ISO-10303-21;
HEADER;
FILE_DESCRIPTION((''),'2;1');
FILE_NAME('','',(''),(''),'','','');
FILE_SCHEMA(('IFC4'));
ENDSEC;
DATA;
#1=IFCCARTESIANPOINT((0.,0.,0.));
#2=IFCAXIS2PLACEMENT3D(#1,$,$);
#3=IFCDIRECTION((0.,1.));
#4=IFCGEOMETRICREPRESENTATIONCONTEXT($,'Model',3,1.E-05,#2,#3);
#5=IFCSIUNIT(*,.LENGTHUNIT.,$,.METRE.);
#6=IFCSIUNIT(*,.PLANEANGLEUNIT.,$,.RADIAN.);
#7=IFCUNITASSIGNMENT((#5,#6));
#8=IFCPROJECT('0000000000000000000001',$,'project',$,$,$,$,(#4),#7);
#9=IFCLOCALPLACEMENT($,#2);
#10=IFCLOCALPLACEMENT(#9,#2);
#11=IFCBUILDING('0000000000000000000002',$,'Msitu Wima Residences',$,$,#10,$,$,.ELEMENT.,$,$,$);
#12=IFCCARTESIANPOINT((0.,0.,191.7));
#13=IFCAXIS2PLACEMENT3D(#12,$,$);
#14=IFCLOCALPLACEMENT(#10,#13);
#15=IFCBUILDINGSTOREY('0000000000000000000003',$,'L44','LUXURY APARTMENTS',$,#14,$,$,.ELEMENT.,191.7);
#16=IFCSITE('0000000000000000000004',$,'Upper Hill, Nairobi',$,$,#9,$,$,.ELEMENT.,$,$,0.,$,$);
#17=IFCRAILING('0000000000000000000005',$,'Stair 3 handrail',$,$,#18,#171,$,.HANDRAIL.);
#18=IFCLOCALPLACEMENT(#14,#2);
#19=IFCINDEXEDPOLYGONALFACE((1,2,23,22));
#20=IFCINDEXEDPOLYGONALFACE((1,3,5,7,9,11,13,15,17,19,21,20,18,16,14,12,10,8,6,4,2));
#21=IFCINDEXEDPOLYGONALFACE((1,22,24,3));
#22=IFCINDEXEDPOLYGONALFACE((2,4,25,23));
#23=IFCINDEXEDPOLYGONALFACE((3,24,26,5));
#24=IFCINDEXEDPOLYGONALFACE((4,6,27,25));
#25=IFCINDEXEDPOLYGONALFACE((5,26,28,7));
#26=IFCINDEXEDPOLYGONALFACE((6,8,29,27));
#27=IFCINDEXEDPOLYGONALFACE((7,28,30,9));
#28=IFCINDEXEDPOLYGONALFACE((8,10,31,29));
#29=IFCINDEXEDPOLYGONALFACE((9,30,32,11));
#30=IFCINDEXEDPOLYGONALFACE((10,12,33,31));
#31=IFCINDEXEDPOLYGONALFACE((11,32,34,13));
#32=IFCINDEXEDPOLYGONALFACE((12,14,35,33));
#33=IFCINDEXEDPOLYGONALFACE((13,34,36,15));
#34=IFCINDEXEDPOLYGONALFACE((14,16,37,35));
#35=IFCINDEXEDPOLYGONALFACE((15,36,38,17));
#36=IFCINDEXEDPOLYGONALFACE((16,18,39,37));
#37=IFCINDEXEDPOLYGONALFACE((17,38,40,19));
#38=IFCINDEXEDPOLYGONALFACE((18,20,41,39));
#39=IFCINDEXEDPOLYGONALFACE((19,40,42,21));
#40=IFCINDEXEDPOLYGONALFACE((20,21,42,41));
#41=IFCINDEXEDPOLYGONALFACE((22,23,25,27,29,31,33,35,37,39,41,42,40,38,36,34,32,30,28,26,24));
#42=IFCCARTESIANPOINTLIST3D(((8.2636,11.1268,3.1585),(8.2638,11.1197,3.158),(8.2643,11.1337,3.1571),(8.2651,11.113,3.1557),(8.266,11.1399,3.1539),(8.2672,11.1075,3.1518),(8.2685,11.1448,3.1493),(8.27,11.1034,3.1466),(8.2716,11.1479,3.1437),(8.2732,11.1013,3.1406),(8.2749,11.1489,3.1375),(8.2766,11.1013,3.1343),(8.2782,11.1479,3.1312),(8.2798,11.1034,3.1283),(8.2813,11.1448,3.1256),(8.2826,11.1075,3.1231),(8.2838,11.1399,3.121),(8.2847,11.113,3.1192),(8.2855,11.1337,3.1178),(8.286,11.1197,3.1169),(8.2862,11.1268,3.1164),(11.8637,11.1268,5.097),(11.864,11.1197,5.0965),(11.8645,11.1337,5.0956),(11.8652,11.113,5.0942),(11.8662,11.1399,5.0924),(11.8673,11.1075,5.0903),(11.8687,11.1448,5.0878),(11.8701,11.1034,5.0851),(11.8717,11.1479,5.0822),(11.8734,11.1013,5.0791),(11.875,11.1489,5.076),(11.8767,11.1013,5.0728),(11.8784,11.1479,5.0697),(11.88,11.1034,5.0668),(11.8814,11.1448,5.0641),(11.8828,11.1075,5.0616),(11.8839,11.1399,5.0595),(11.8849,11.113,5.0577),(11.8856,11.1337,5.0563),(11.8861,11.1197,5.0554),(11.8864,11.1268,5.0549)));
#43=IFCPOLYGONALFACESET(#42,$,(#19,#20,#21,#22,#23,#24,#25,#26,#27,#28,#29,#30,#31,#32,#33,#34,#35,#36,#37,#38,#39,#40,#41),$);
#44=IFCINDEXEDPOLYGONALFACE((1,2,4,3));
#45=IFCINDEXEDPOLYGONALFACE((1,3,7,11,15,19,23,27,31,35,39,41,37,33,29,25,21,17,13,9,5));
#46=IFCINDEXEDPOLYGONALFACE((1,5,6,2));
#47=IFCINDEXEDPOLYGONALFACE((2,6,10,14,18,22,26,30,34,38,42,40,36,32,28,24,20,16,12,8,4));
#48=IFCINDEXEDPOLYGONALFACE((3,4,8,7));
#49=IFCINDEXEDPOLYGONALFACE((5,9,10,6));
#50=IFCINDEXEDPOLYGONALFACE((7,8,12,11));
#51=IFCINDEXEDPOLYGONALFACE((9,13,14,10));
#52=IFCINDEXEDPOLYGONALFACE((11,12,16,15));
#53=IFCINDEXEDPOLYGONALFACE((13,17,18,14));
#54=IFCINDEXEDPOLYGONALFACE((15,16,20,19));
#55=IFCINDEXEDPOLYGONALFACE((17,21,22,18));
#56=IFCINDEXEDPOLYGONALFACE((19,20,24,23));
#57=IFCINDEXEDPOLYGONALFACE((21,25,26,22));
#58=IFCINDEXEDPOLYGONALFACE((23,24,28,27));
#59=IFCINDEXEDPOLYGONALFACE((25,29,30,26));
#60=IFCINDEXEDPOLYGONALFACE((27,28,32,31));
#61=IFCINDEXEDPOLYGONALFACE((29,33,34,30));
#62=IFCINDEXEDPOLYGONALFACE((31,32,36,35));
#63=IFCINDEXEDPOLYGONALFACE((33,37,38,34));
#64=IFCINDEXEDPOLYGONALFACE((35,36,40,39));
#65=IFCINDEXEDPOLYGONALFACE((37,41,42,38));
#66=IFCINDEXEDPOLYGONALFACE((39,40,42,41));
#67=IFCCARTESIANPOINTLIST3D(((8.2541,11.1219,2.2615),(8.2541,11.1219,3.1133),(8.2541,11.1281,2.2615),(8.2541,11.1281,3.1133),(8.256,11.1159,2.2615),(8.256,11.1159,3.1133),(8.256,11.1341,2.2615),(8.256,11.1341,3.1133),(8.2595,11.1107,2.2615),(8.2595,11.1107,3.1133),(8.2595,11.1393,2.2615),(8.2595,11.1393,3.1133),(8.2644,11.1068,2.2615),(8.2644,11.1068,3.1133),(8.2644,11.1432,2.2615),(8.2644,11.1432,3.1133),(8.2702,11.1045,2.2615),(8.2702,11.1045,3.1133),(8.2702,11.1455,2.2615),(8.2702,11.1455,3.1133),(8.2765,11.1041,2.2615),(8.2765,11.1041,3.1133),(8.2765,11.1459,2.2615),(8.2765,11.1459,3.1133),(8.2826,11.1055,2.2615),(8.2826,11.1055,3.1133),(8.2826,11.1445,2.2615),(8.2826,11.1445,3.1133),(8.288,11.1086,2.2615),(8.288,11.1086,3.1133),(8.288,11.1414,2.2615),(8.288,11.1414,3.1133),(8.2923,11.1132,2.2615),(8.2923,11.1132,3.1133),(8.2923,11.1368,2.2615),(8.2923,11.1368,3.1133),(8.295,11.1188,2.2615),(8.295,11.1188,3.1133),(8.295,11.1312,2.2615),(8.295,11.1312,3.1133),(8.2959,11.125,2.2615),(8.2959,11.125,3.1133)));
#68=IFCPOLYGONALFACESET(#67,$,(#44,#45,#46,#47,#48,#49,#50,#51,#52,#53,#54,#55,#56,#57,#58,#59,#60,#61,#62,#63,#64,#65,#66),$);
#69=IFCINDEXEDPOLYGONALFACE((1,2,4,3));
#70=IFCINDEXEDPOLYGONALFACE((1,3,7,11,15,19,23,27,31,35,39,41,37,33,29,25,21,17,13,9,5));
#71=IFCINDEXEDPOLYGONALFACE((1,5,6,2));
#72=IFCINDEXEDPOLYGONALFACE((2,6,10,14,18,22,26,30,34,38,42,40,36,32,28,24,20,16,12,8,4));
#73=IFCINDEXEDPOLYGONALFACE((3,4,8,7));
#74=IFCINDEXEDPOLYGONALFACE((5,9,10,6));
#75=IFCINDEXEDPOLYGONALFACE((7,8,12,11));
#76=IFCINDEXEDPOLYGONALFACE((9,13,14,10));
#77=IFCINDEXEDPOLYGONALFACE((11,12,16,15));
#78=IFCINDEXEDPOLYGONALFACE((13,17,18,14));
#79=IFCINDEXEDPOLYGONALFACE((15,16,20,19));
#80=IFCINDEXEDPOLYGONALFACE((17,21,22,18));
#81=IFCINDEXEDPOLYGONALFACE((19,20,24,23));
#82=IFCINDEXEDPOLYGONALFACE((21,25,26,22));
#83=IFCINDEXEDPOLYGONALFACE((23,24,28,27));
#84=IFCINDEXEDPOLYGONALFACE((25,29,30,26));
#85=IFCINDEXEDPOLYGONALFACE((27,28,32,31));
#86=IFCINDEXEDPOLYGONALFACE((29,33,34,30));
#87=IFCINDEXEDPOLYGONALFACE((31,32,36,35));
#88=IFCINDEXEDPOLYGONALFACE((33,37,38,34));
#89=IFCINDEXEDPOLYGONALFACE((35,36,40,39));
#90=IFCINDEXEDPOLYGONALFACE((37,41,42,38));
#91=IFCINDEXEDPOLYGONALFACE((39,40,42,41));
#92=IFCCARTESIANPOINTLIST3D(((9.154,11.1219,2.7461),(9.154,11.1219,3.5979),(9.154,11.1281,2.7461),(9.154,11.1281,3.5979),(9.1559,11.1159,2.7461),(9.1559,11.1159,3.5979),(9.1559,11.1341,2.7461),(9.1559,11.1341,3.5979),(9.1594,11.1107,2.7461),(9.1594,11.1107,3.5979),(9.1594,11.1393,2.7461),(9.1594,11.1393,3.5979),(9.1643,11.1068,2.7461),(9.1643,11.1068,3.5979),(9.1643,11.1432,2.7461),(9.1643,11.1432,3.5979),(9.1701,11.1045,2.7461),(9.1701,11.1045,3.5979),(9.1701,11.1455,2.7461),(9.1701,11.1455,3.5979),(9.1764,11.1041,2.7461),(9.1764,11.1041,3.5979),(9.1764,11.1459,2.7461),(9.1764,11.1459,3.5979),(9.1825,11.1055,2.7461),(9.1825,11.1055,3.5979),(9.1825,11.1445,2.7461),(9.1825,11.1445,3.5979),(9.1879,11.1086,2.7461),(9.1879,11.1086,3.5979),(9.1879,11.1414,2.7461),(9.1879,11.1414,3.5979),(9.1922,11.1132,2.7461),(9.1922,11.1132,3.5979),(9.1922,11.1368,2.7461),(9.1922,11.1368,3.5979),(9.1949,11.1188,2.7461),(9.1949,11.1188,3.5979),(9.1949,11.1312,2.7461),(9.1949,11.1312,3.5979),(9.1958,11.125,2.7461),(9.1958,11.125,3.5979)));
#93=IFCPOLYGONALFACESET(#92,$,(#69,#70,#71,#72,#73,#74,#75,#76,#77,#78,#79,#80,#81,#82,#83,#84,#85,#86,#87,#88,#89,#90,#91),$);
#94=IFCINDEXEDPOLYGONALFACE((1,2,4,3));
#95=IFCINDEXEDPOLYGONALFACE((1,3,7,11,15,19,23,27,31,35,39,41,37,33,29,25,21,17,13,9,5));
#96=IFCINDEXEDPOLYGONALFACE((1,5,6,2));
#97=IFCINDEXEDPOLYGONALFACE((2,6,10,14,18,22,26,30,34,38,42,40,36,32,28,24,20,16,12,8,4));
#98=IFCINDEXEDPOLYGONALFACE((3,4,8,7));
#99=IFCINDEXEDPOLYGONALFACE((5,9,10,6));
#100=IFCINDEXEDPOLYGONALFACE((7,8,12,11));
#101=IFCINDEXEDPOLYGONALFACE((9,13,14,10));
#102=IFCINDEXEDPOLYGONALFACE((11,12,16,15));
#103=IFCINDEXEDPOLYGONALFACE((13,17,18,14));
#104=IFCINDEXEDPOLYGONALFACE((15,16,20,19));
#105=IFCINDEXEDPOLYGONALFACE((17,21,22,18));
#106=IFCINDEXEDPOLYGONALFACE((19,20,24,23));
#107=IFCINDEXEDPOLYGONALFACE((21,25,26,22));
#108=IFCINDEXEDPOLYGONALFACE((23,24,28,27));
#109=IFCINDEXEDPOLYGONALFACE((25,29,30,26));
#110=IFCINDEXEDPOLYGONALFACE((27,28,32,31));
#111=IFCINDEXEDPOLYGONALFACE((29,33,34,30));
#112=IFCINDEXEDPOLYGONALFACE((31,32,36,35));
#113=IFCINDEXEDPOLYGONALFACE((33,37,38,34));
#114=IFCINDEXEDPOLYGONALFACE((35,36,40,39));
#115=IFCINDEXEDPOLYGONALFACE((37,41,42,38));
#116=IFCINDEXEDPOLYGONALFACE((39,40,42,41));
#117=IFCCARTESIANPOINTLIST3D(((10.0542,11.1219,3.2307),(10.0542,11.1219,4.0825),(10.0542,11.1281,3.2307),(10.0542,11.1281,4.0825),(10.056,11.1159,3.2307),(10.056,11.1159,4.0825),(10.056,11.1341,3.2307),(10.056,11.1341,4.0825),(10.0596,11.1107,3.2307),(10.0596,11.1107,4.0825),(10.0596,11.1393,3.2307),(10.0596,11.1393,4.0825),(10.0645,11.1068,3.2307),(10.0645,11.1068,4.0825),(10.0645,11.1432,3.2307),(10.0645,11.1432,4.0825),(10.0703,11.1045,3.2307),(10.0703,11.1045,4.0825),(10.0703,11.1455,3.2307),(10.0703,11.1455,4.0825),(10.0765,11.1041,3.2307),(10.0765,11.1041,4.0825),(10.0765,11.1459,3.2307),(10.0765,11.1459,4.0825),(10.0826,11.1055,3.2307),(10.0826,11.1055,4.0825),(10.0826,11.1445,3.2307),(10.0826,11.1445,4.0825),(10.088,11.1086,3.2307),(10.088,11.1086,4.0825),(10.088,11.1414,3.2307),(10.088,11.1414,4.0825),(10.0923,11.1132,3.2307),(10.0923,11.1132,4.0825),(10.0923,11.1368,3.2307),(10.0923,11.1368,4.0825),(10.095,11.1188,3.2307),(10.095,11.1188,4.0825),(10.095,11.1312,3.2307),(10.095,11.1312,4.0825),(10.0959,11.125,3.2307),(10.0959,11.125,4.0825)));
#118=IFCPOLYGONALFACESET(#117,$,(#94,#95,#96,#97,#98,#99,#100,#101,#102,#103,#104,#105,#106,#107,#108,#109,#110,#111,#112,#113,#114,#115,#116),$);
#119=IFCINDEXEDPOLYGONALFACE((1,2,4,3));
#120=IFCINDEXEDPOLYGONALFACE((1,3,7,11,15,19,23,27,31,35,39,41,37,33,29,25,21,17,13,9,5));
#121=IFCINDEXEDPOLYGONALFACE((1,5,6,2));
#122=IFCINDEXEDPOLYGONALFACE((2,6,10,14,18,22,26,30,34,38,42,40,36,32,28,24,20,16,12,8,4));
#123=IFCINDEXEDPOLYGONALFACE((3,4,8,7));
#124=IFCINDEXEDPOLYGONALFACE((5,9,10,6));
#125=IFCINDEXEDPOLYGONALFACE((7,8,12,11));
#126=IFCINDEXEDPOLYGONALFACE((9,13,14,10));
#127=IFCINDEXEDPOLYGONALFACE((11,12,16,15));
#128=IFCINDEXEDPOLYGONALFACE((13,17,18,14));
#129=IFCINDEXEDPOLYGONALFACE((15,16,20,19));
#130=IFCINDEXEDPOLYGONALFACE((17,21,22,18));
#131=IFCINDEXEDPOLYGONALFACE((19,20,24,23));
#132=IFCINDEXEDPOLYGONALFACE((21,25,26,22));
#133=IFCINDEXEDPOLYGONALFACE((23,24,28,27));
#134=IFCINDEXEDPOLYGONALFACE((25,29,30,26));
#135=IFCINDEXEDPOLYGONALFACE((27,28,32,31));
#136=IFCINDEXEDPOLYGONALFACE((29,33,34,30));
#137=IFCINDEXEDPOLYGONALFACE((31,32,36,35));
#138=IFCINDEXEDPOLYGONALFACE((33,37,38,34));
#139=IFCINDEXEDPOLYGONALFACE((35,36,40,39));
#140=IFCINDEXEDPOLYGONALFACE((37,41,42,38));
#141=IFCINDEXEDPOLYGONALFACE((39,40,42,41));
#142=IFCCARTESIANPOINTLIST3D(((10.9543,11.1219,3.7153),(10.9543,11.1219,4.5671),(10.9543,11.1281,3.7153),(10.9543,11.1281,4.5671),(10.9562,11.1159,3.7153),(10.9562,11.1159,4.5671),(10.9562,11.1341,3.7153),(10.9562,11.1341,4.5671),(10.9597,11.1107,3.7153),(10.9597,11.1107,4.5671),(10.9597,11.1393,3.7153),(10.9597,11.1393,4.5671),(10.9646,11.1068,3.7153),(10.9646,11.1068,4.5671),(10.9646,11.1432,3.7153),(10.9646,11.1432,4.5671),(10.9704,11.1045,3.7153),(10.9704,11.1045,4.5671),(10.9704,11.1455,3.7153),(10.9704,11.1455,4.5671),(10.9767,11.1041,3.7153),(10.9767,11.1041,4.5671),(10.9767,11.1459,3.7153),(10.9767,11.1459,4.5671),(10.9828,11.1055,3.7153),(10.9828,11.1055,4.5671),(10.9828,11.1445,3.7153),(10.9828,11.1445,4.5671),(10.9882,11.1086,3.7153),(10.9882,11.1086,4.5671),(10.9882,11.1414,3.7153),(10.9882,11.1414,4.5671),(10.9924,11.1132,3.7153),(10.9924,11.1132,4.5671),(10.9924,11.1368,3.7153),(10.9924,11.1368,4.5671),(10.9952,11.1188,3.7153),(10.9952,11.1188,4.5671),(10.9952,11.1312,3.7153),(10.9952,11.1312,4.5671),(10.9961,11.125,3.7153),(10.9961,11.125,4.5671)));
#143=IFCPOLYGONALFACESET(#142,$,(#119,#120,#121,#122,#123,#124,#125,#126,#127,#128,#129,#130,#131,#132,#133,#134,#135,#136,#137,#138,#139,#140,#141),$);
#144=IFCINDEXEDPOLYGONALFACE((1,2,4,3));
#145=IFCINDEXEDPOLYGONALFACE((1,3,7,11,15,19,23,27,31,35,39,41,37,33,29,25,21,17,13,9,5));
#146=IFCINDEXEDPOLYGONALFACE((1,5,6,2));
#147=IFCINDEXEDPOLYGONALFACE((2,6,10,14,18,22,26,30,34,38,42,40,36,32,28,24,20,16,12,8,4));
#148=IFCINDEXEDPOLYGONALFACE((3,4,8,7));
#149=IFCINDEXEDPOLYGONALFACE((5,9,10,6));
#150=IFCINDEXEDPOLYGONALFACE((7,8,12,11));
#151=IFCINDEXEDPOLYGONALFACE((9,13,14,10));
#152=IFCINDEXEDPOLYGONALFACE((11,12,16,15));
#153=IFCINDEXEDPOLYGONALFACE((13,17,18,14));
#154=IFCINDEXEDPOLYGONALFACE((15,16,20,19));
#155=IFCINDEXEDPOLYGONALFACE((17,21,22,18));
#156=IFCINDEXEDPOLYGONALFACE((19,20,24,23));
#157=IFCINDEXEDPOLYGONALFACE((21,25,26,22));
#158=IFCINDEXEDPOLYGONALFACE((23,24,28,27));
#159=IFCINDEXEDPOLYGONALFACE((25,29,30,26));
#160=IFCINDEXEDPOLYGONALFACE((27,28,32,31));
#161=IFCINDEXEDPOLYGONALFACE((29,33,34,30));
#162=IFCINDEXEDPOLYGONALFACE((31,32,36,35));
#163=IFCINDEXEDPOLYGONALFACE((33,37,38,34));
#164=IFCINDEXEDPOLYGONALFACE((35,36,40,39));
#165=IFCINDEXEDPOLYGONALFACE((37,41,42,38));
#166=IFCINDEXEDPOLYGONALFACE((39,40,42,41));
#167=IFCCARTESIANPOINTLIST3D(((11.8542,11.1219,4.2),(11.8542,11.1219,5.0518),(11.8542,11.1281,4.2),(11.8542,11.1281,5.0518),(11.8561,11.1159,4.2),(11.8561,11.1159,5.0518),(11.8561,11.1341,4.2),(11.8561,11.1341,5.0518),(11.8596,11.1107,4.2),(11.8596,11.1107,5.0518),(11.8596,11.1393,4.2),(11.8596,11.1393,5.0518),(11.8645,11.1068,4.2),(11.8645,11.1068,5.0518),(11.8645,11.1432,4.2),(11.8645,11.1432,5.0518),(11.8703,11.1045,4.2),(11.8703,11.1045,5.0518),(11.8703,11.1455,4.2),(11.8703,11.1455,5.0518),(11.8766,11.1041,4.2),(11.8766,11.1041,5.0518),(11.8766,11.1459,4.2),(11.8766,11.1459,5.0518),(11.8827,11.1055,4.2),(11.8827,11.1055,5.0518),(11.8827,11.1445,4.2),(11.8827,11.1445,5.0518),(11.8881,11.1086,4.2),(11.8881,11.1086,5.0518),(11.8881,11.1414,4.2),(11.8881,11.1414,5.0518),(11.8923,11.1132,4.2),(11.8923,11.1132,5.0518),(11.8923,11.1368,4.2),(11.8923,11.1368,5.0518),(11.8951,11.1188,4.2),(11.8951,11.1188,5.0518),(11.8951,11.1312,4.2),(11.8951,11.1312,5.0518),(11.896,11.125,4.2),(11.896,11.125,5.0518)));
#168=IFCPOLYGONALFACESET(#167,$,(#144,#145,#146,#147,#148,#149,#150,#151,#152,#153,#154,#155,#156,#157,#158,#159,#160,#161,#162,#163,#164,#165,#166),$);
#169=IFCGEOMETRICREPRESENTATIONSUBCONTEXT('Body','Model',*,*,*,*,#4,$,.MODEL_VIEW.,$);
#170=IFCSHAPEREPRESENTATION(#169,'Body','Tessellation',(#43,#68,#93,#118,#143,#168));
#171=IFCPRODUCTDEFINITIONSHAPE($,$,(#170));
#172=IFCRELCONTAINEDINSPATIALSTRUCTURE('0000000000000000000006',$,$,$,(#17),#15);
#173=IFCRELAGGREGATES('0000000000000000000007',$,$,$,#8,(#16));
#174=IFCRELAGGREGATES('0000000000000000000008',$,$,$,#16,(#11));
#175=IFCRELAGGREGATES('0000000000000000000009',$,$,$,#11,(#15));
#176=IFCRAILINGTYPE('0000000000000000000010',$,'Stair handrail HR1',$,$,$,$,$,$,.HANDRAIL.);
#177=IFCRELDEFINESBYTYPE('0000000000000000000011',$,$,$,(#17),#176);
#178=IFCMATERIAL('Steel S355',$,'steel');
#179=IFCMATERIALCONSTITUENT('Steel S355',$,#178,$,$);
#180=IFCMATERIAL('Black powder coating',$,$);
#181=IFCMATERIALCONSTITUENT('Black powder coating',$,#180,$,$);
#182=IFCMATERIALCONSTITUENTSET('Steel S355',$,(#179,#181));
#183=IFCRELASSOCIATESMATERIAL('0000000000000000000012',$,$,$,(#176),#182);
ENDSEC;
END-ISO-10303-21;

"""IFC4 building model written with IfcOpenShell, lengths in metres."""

from ifc_helpers import new_model, si_unit, direction, frame, origin, origin_2d, place, context, subcontext, project, spatial, circle, extrude, material, constituent, constituent_set, type_object, element, save


model = new_model("IFC4")

# Units and contexts
model_context = context("Model", 3, precision=1e-05, world=origin(), true_north=direction((0.0, 1.0)))
body_context = subcontext(model_context, "Body", "Model", "MODEL_VIEW")
ifc_project = project(units=[si_unit("LENGTHUNIT", "METRE"), si_unit("PLANEANGLEUNIT", "RADIAN")], contexts=[model_context])

# Site, building, storey
site_placement = place(None, origin())
site = spatial("IfcSite", under=ifc_project, at=site_placement, Name="Upper Hill, Nairobi", CompositionType="ELEMENT", RefElevation=0.0)
building_placement = place(site_placement, origin())
building = spatial("IfcBuilding", under=site, at=building_placement, Name="Msitu Wima Residences", CompositionType="ELEMENT")
storey_placement = place(building_placement, frame((0.0, 0.0, 191.7)))
storey = spatial("IfcBuildingStorey", under=building, at=storey_placement, Name="L44", Description="LUXURY APARTMENTS", CompositionType="ELEMENT", Elevation=191.7)

# Railing
ifc_material_1 = material(Name="Steel S355", Category="steel")
ifc_constituent_1 = constituent(ifc_material_1, Name="Steel S355")
ifc_material_2 = material(Name="Black powder coating")
ifc_constituent_2 = constituent(ifc_material_2, Name="Black powder coating")
ifc_constituent_set = constituent_set(constituents=[ifc_constituent_1, ifc_constituent_2], Name="Steel S355")
railing_type = type_object("IfcRailingType", Name="Stair handrail HR1", PredefinedType="HANDRAIL", material=ifc_constituent_set)
for number, where, name in (
    (1, (8.2749, 11.125, 2.2615), "Stair 3 handrail"),
):
    element("IfcRailing", number, at=place(storey_placement, frame(where)), inside=storey, type_object=railing_type, Name=name, PredefinedType="HANDRAIL", context=body_context, shape_type="SweptSolid", body=[
        extrude(circle(Radius=0.0239, at=origin_2d()), frame((0.0, 0.0, 0.876), z_axis=(0.880475, 0.0, 0.474093), x_axis=(0.0, 1.0, 0.0)), (0.0, 0.0, 1.0), 4.0889),
        extrude(circle(Radius=0.021, at=origin_2d()), origin(), (0.0, 0.0, 1.0), 0.8518),
        extrude(circle(Radius=0.021, at=origin_2d()), frame((0.8999, 0.0, 0.4846)), (0.0, 0.0, 1.0), 0.8518),
        extrude(circle(Radius=0.021, at=origin_2d()), frame((1.8, 0.0, 0.9692)), (0.0, 0.0, 1.0), 0.8518),
        extrude(circle(Radius=0.021, at=origin_2d()), frame((2.7002, 0.0, 1.4539)), (0.0, 0.0, 1.0), 0.8518),
        extrude(circle(Radius=0.021, at=origin_2d()), frame((3.6001, 0.0, 1.9385)), (0.0, 0.0, 1.0), 0.8518),
    ])

save(model, "model.ifc")
